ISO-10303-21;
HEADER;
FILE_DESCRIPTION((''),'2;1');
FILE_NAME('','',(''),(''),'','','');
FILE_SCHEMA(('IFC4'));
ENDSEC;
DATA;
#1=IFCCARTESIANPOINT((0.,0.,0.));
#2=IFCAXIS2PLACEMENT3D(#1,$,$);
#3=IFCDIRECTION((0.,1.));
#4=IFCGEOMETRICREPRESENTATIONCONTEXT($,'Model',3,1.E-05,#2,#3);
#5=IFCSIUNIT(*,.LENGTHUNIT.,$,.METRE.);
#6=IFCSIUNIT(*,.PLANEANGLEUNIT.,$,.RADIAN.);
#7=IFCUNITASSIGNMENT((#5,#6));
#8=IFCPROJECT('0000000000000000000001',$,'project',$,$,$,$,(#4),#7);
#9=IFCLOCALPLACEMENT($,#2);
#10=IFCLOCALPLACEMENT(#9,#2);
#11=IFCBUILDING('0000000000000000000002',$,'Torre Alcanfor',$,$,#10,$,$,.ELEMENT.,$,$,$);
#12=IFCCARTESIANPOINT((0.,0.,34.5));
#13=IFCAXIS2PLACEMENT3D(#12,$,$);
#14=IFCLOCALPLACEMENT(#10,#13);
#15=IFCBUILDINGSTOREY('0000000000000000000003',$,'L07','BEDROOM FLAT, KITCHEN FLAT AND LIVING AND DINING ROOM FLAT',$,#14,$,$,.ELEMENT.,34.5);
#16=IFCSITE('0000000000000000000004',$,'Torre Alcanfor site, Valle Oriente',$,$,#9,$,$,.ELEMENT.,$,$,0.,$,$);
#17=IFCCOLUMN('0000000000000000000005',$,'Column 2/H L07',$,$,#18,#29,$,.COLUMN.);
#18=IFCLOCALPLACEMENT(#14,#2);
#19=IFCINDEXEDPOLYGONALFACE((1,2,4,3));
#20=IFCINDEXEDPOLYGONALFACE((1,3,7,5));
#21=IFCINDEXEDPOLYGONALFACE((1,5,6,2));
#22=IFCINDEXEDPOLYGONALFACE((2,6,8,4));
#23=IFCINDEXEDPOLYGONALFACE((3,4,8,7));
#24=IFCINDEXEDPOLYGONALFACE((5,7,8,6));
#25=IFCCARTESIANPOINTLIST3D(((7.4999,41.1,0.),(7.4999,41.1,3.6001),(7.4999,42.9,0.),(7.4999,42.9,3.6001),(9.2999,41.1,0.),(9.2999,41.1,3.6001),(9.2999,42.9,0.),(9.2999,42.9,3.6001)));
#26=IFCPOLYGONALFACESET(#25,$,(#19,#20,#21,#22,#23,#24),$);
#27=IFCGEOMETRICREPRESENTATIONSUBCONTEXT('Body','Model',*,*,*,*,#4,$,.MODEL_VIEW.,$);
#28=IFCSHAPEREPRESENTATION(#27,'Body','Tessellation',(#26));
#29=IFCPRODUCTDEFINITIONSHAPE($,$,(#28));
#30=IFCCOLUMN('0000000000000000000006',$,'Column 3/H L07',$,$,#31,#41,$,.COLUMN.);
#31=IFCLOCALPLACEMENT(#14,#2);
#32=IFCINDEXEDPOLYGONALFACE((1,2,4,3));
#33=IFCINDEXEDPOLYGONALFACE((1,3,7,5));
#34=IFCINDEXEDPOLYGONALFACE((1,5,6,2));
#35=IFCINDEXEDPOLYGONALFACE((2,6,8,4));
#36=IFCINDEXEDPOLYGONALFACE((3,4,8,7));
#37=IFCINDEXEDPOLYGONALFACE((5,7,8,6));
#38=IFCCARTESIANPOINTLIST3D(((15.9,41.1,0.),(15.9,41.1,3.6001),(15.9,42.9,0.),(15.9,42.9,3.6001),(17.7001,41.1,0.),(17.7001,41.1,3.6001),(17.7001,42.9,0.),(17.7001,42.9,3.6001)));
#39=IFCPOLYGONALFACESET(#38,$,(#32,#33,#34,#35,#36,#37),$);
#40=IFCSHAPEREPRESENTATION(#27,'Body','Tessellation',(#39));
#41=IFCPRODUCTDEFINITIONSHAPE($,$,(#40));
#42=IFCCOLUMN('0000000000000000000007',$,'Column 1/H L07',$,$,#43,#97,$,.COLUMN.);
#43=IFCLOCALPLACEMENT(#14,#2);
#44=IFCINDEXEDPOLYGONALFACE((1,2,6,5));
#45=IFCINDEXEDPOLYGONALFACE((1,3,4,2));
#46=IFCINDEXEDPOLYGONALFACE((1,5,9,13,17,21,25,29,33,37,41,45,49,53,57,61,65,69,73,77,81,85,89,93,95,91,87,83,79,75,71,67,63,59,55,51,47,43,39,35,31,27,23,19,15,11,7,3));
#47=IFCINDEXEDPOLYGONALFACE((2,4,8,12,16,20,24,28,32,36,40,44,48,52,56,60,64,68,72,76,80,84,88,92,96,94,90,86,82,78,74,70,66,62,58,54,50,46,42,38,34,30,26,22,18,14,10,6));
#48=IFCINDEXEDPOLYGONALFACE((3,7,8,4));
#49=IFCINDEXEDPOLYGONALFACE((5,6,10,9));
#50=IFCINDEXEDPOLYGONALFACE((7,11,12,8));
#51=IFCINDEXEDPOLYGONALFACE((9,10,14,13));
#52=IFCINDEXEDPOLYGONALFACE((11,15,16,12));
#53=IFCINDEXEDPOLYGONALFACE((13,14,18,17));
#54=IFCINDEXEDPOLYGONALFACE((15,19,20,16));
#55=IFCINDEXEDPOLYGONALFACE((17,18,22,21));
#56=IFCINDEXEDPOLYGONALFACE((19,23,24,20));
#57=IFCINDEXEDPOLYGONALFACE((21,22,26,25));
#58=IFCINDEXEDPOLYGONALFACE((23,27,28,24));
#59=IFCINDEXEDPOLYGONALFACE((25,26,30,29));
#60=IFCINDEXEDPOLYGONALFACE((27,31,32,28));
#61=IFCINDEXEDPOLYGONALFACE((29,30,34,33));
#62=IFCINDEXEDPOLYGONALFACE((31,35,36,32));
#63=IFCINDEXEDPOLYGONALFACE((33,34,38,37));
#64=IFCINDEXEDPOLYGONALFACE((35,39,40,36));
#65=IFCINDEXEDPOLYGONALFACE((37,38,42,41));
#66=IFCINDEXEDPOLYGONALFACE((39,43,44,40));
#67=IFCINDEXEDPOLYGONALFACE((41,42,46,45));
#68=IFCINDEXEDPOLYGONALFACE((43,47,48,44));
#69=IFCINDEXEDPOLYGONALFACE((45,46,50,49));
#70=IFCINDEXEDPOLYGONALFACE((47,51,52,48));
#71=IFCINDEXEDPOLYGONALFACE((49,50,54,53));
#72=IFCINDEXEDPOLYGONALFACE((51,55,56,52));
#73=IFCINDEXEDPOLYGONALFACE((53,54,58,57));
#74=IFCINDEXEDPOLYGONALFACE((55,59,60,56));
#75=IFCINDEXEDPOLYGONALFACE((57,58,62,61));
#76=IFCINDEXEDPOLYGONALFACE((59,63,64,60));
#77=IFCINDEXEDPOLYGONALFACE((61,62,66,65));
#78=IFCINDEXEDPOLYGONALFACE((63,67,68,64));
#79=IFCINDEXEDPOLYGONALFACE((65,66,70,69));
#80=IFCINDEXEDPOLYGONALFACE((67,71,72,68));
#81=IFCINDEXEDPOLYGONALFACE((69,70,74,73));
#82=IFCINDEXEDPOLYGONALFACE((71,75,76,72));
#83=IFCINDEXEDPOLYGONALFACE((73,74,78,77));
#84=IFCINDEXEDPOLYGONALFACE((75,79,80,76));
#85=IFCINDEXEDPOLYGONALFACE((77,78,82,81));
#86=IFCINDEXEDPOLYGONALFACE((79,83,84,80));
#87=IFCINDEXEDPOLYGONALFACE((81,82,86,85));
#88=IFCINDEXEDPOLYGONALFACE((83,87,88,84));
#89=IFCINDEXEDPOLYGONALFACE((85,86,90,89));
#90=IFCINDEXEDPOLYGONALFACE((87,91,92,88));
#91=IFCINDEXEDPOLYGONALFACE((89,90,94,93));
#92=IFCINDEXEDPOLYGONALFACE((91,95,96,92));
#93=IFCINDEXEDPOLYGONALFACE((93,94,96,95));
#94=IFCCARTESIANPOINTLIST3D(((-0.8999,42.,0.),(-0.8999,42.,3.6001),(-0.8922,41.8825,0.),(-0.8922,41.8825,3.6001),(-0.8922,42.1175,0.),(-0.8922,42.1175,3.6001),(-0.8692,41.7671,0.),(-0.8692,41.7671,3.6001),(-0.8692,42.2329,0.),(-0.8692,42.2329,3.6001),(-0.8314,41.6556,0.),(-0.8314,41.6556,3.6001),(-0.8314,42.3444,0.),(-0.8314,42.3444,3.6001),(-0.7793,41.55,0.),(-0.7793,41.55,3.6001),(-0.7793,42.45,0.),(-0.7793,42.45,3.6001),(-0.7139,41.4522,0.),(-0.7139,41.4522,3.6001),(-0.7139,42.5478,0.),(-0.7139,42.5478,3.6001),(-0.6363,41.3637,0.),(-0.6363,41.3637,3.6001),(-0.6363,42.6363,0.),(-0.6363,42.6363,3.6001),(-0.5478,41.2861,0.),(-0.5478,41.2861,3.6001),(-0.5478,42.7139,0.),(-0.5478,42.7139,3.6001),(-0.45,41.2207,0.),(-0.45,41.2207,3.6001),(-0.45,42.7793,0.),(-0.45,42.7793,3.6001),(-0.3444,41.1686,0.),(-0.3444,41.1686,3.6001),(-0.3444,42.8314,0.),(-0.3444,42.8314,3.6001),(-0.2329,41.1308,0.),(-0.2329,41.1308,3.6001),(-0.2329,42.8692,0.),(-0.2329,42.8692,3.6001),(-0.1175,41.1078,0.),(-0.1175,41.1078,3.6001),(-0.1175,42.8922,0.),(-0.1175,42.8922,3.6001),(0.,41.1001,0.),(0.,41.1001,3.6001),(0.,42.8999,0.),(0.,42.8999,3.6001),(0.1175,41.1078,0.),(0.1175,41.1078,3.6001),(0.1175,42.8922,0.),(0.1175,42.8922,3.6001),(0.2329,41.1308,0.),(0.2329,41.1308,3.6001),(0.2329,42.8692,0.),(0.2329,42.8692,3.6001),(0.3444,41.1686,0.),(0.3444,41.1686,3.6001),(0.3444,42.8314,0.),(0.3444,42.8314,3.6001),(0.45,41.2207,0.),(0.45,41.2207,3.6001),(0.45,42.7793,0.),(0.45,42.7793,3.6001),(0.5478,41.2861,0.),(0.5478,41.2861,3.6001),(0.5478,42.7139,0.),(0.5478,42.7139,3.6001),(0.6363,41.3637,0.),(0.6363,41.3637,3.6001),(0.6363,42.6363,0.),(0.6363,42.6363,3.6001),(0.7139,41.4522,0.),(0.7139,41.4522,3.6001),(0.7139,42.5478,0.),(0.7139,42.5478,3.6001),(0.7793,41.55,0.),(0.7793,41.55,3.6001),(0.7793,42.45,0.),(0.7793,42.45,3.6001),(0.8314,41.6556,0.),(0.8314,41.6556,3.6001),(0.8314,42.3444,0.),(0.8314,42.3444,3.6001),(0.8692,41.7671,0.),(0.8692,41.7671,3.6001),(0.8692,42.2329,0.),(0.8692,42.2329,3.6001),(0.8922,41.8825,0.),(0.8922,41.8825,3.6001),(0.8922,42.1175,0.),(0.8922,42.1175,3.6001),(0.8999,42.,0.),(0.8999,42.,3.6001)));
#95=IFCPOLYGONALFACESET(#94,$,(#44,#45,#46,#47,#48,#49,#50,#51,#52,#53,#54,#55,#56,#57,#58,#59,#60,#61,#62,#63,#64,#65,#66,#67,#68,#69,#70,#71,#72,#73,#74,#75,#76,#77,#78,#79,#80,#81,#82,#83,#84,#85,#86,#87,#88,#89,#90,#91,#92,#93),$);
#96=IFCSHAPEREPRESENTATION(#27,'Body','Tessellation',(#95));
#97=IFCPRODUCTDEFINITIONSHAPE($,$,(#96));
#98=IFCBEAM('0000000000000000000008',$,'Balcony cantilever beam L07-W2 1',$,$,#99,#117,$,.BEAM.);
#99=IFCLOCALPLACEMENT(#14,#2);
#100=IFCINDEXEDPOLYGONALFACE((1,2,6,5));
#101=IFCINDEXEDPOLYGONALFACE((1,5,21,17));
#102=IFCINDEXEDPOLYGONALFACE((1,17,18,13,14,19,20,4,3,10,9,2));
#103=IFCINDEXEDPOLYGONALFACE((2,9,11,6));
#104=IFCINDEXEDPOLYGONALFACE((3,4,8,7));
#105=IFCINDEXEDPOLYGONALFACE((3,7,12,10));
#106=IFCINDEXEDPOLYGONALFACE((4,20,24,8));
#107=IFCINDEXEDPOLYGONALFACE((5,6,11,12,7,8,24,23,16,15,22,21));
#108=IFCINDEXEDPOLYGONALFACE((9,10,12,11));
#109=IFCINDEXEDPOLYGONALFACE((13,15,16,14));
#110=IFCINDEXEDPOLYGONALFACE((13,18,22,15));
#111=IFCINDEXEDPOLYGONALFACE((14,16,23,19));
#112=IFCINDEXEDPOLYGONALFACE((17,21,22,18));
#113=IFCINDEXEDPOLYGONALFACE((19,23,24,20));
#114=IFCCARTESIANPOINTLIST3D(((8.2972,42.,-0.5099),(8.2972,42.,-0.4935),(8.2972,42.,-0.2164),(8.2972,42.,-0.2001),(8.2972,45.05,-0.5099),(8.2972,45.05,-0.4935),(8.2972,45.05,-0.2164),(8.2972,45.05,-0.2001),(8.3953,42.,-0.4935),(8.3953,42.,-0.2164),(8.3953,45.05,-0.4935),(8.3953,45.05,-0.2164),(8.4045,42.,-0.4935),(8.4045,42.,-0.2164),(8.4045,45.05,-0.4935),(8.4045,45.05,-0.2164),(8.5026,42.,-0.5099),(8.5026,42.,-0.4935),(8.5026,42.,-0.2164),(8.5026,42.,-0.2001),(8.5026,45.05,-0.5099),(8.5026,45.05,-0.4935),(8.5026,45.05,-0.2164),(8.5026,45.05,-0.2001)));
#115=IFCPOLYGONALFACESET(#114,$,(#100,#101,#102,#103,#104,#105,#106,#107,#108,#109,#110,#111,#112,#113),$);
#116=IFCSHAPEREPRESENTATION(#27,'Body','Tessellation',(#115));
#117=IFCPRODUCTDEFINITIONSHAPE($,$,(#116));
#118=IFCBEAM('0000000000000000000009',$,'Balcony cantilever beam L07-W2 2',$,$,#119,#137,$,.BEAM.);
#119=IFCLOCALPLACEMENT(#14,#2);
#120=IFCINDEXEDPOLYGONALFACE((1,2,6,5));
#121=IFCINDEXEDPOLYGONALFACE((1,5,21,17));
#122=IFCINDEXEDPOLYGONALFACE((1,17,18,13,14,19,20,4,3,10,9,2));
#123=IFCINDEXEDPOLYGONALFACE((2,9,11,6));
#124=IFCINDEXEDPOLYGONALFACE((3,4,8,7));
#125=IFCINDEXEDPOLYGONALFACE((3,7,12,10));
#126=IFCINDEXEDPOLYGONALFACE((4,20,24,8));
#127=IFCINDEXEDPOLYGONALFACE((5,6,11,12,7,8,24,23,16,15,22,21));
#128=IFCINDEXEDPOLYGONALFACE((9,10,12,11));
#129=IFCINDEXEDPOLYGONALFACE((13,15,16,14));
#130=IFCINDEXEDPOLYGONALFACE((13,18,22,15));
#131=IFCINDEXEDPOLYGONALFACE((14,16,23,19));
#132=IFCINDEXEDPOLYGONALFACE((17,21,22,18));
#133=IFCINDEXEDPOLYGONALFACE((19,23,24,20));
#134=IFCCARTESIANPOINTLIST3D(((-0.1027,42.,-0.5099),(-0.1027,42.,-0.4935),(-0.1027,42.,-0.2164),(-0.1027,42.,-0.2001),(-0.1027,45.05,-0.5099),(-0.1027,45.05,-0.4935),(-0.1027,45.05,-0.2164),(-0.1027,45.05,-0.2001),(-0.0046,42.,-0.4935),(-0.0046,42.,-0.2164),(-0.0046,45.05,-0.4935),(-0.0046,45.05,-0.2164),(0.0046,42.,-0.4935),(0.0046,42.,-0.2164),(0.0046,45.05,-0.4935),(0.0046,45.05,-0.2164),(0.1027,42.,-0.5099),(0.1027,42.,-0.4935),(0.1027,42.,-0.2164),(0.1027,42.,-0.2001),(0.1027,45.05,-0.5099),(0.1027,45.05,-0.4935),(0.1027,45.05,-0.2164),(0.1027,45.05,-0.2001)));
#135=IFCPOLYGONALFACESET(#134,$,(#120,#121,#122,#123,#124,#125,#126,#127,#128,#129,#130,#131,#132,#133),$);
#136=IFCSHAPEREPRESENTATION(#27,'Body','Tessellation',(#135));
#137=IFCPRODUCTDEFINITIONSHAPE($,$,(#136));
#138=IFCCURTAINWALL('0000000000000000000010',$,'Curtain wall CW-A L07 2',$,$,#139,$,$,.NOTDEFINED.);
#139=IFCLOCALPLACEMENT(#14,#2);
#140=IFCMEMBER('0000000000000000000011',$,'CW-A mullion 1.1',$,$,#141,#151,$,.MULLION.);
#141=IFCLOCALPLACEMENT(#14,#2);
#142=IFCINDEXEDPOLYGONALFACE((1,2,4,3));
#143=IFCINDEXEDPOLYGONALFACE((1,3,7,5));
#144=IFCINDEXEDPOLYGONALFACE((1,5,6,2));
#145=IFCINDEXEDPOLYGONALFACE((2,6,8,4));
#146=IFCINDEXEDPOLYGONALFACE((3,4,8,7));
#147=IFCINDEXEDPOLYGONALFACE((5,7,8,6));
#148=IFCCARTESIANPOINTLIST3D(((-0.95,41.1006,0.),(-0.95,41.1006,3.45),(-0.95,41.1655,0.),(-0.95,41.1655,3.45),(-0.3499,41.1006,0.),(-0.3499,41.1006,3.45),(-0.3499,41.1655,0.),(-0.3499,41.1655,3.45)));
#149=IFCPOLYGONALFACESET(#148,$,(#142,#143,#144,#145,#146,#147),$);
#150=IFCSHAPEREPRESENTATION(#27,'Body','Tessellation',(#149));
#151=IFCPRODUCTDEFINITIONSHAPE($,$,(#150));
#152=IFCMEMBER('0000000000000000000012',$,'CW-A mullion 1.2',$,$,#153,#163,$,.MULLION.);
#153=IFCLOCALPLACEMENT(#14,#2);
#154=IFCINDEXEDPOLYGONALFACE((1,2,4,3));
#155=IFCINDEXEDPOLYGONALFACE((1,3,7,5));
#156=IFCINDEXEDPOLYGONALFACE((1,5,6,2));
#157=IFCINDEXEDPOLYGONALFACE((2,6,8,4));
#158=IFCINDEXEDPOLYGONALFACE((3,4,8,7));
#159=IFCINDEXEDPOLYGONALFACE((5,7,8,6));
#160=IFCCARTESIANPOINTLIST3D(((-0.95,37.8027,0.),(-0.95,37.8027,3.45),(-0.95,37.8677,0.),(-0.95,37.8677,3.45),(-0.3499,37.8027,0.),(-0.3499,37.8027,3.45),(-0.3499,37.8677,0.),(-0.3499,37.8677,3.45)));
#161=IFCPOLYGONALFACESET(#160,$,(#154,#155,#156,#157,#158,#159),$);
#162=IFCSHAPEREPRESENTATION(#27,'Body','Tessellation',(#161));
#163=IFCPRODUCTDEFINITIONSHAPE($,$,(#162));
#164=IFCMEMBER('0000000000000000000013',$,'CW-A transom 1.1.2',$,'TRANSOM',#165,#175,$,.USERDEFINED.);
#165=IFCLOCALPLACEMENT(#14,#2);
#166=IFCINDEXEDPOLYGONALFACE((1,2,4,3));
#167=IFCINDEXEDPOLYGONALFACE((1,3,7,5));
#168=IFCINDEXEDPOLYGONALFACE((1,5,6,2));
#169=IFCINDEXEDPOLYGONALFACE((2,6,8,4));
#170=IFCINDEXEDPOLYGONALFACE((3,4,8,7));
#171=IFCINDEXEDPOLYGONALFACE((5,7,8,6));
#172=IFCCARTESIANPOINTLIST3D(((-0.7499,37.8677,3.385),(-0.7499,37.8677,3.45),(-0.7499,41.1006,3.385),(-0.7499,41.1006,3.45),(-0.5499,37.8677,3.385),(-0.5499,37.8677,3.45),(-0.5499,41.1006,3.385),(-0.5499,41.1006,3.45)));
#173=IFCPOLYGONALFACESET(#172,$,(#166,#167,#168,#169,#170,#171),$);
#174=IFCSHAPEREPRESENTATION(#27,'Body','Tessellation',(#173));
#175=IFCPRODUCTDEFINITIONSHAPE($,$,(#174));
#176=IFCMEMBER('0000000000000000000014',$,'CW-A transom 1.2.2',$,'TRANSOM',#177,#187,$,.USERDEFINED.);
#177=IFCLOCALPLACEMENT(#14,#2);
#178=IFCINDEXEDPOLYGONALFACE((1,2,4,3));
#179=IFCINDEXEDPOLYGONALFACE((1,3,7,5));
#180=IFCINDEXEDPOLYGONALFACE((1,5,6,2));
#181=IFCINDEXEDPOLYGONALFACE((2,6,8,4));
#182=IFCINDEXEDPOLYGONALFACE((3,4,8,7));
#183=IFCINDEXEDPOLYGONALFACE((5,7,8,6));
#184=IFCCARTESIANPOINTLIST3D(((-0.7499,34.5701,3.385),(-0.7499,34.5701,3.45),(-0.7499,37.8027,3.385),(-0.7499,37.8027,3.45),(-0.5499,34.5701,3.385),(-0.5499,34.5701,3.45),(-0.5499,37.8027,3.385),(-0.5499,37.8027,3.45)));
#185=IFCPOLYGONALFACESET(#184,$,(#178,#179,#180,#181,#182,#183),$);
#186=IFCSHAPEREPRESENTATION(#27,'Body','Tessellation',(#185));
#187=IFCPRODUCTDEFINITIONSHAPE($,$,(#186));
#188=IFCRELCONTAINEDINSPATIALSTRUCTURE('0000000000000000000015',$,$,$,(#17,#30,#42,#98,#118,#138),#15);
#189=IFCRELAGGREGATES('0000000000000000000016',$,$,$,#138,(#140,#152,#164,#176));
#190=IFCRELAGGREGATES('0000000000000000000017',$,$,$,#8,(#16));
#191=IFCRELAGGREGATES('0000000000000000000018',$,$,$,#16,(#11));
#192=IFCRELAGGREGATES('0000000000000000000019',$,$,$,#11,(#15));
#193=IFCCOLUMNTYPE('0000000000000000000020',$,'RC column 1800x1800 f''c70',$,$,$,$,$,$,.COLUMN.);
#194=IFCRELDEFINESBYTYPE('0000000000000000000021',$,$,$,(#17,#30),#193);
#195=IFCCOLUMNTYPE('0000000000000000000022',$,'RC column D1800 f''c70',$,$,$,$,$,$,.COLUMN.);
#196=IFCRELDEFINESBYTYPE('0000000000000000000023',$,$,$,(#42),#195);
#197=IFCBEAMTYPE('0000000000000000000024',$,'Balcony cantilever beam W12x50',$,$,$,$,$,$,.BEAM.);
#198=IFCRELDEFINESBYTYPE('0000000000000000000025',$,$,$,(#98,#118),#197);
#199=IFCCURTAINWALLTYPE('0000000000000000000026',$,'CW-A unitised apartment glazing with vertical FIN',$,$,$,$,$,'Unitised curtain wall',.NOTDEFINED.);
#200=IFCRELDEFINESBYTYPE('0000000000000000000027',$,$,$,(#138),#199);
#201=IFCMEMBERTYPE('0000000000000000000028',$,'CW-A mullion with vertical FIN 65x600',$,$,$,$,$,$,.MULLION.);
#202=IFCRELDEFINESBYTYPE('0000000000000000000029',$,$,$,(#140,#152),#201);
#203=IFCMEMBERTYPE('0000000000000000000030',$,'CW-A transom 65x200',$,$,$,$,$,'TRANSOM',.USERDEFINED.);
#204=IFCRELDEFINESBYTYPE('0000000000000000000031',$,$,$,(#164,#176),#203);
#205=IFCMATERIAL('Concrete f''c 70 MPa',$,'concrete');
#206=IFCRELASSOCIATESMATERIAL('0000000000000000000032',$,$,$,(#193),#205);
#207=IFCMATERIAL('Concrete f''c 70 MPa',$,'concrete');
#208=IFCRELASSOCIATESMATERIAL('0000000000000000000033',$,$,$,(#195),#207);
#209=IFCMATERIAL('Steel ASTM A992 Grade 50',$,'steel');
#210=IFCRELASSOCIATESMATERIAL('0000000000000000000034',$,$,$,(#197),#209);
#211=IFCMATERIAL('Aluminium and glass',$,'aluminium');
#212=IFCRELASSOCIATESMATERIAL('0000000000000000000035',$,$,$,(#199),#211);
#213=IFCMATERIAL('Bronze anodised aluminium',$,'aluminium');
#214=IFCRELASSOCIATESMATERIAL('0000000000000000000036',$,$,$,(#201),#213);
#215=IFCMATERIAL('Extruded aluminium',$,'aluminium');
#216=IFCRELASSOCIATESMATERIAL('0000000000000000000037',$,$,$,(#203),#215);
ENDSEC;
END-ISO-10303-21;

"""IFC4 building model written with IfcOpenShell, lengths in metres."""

from ifc_helpers import new_model, si_unit, direction, frame, origin, origin_2d, place, context, subcontext, project, spatial, rectangle, circle, i_section, extrude, material, material_profile, profile_set, type_object, element, aggregate, save


model = new_model("IFC4")

# Units and contexts
model_context = context("Model", 3, precision=1e-05, world=origin(), true_north=direction((0.0, 1.0)))
body_context = subcontext(model_context, "Body", "Model", "MODEL_VIEW")
ifc_project = project(units=[si_unit("LENGTHUNIT", "METRE"), si_unit("PLANEANGLEUNIT", "RADIAN")], contexts=[model_context])

# Site, building, storey
site_placement = place(None, origin())
site = spatial("IfcSite", under=ifc_project, at=site_placement, Name="Torre Alcanfor site, Valle Oriente", CompositionType="ELEMENT", RefElevation=0.0)
building_placement = place(site_placement, origin())
building = spatial("IfcBuilding", under=site, at=building_placement, Name="Torre Alcanfor", CompositionType="ELEMENT")
storey_placement = place(building_placement, frame((0.0, 0.0, 34.5)))
storey = spatial("IfcBuildingStorey", under=building, at=storey_placement, Name="L07", Description="BEDROOM FLAT, KITCHEN FLAT AND LIVING AND DINING ROOM FLAT", CompositionType="ELEMENT", Elevation=34.5)

# Columns
ifc_material_1 = material(Name="Concrete f'c 70 MPa", Category="concrete")
ifc_material_profile_1 = material_profile(ifc_material_1, rectangle(XDim=1.8, YDim=1.8, at=origin_2d()), Name="1800x1800")
ifc_profile_set_1 = profile_set([ifc_material_profile_1], Name="Concrete f'c 70 MPa")
column_type_1 = type_object("IfcColumnType", Name="RC column 1800x1800 f'c70", PredefinedType="COLUMN", material=ifc_profile_set_1)
for number, where, z_axis, x_axis, name in (
    (1, (8.3999, 42.0, 0.0), (0.0, 0.0, 1.0), (1.0, 0.0, 0.0), "Column 2/H L07"),
    (2, (16.8, 42.0, 0.0), (0.0, 0.0, 1.0), (1.0, 0.0, 0.0), "Column 3/H L07"),
):
    element("IfcColumn", number, at=place(storey_placement, frame(where, z_axis=z_axis, x_axis=x_axis)), inside=storey, type_object=column_type_1, Name=name, PredefinedType="COLUMN", context=body_context, shape_type="SweptSolid", body=[
        extrude(rectangle(XDim=1.8, YDim=1.8, at=origin_2d()), origin(), (0.0, 0.0, 1.0), 3.6001),
    ])
ifc_material_2 = material(Name="Concrete f'c 70 MPa", Category="concrete")
ifc_material_profile_2 = material_profile(ifc_material_2, circle(Radius=0.8999, at=origin_2d()), Name="D1800")
ifc_profile_set_2 = profile_set([ifc_material_profile_2], Name="Concrete f'c 70 MPa")
column_type_2 = type_object("IfcColumnType", Name="RC column D1800 f'c70", PredefinedType="COLUMN", material=ifc_profile_set_2)
column_placement = place(storey_placement, frame((0.0, 42.0, 0.0), z_axis=(0.0, 0.0, 1.0), x_axis=(1.0, 0.0, 0.0)))
element("IfcColumn", 3, at=column_placement, inside=storey, type_object=column_type_2, Name="Column 1/H L07", PredefinedType="COLUMN", context=body_context, shape_type="SweptSolid", body=[
    extrude(circle(Radius=0.8999, at=origin_2d()), origin(), (0.0, 0.0, 1.0), 3.6001),
])

# Beams
ifc_material_3 = material(Name="Steel ASTM A992 Grade 50", Category="steel")
ifc_material_profile_3 = material_profile(ifc_material_3, i_section(OverallWidth=0.2053, OverallDepth=0.3098, WebThickness=0.0093, FlangeThickness=0.0164, at=origin_2d()), Name="W12x50")
ifc_profile_set_3 = profile_set([ifc_material_profile_3], Name="Steel ASTM A992 Grade 50")
beam_type_1 = type_object("IfcBeamType", Name="Balcony cantilever beam W12x50", PredefinedType="BEAM", material=ifc_profile_set_3)
for number, where, z_axis, x_axis, name in (
    (4, (8.3999, 42.0, -0.355), (0.0, 1.0, 0.0), (-1.0, 0.0, 0.0), "Balcony cantilever beam L07-W2 1"),
    (5, (0.0, 42.0, -0.355), (0.0, 1.0, 0.0), (-1.0, 0.0, 0.0), "Balcony cantilever beam L07-W2 2"),
):
    element("IfcBeam", number, at=place(storey_placement, frame(where, z_axis=z_axis, x_axis=x_axis)), inside=storey, type_object=beam_type_1, Name=name, PredefinedType="BEAM", context=body_context, shape_type="SweptSolid", body=[
        extrude(i_section(OverallWidth=0.2053, OverallDepth=0.3098, WebThickness=0.0093, FlangeThickness=0.0164, at=origin_2d()), origin(), (0.0, 0.0, 1.0), 3.05),
    ])

# Curtain wall, members
ifc_material_4 = material(Name="Aluminium and glass", Category="aluminium")
curtain_wall_type = type_object("IfcCurtainWallType", Name="CW-A unitised apartment glazing with vertical FIN", ElementType="Unitised curtain wall", PredefinedType="NOTDEFINED", material=ifc_material_4)
curtain_wall_placement = place(storey_placement, origin())
curtain_wall = element("IfcCurtainWall", 6, at=curtain_wall_placement, inside=storey, type_object=curtain_wall_type, Name="Curtain wall CW-A L07 2", PredefinedType="NOTDEFINED")
ifc_material_5 = material(Name="Bronze anodised aluminium", Category="aluminium")
ifc_material_profile_4 = material_profile(ifc_material_5, rectangle(XDim=0.6001, YDim=0.0649, at=origin_2d()), Name="CW-A mullion 65x600")
ifc_profile_set_4 = profile_set([ifc_material_profile_4], Name="Bronze anodised aluminium")
member_type_1 = type_object("IfcMemberType", Name="CW-A mullion with vertical FIN 65x600", PredefinedType="MULLION", material=ifc_profile_set_4)
member_1_placement = place(storey_placement, frame((-0.6499, 41.1331, 0.0), z_axis=(0.0, 0.0, 1.0), x_axis=(1.0, 0.0, 0.0)))
member_1 = element("IfcMember", 7, at=member_1_placement, type_object=member_type_1, Name="CW-A mullion 1.1", PredefinedType="MULLION", context=body_context, shape_type="SweptSolid", body=[
    extrude(rectangle(XDim=0.6001, YDim=0.0649, at=origin_2d()), origin(), (0.0, 0.0, 1.0), 3.45),
])
member_2_placement = place(storey_placement, frame((-0.6499, 37.8352, 0.0), z_axis=(0.0, 0.0, 1.0), x_axis=(1.0, 0.0, 0.0)))
member_2 = element("IfcMember", 8, at=member_2_placement, type_object=member_type_1, Name="CW-A mullion 1.2", PredefinedType="MULLION", context=body_context, shape_type="SweptSolid", body=[
    extrude(rectangle(XDim=0.6001, YDim=0.0649, at=origin_2d()), origin(), (0.0, 0.0, 1.0), 3.45),
])
ifc_material_6 = material(Name="Extruded aluminium", Category="aluminium")
ifc_material_profile_5 = material_profile(ifc_material_6, rectangle(XDim=0.2, YDim=0.0649, at=origin_2d()), Name="CW-A transom 200x65")
ifc_profile_set_5 = profile_set([ifc_material_profile_5], Name="Extruded aluminium")
member_type_2 = type_object("IfcMemberType", Name="CW-A transom 65x200", ElementType="TRANSOM", PredefinedType="USERDEFINED", material=ifc_profile_set_5)
member_3_placement = place(storey_placement, frame((-0.6499, 41.1006, 3.4175), z_axis=(0.0, -1.0, 0.0), x_axis=(1.0, 0.0, 0.0)))
member_3 = element("IfcMember", 9, at=member_3_placement, type_object=member_type_2, Name="CW-A transom 1.1.2", ObjectType="TRANSOM", PredefinedType="USERDEFINED", context=body_context, shape_type="SweptSolid", body=[
    extrude(rectangle(XDim=0.2, YDim=0.0649, at=origin_2d()), origin(), (0.0, 0.0, 1.0), 3.2329),
])
member_4_placement = place(storey_placement, frame((-0.6499, 37.8027, 3.4175), z_axis=(0.0, -1.0, 0.0), x_axis=(1.0, 0.0, 0.0)))
member_4 = element("IfcMember", 10, at=member_4_placement, type_object=member_type_2, Name="CW-A transom 1.2.2", ObjectType="TRANSOM", PredefinedType="USERDEFINED", context=body_context, shape_type="SweptSolid", body=[
    extrude(rectangle(XDim=0.2, YDim=0.0649, at=origin_2d()), origin(), (0.0, 0.0, 1.0), 3.2327),
])

aggregate(curtain_wall, [member_1, member_2, member_3, member_4])

save(model, "model.ifc")
